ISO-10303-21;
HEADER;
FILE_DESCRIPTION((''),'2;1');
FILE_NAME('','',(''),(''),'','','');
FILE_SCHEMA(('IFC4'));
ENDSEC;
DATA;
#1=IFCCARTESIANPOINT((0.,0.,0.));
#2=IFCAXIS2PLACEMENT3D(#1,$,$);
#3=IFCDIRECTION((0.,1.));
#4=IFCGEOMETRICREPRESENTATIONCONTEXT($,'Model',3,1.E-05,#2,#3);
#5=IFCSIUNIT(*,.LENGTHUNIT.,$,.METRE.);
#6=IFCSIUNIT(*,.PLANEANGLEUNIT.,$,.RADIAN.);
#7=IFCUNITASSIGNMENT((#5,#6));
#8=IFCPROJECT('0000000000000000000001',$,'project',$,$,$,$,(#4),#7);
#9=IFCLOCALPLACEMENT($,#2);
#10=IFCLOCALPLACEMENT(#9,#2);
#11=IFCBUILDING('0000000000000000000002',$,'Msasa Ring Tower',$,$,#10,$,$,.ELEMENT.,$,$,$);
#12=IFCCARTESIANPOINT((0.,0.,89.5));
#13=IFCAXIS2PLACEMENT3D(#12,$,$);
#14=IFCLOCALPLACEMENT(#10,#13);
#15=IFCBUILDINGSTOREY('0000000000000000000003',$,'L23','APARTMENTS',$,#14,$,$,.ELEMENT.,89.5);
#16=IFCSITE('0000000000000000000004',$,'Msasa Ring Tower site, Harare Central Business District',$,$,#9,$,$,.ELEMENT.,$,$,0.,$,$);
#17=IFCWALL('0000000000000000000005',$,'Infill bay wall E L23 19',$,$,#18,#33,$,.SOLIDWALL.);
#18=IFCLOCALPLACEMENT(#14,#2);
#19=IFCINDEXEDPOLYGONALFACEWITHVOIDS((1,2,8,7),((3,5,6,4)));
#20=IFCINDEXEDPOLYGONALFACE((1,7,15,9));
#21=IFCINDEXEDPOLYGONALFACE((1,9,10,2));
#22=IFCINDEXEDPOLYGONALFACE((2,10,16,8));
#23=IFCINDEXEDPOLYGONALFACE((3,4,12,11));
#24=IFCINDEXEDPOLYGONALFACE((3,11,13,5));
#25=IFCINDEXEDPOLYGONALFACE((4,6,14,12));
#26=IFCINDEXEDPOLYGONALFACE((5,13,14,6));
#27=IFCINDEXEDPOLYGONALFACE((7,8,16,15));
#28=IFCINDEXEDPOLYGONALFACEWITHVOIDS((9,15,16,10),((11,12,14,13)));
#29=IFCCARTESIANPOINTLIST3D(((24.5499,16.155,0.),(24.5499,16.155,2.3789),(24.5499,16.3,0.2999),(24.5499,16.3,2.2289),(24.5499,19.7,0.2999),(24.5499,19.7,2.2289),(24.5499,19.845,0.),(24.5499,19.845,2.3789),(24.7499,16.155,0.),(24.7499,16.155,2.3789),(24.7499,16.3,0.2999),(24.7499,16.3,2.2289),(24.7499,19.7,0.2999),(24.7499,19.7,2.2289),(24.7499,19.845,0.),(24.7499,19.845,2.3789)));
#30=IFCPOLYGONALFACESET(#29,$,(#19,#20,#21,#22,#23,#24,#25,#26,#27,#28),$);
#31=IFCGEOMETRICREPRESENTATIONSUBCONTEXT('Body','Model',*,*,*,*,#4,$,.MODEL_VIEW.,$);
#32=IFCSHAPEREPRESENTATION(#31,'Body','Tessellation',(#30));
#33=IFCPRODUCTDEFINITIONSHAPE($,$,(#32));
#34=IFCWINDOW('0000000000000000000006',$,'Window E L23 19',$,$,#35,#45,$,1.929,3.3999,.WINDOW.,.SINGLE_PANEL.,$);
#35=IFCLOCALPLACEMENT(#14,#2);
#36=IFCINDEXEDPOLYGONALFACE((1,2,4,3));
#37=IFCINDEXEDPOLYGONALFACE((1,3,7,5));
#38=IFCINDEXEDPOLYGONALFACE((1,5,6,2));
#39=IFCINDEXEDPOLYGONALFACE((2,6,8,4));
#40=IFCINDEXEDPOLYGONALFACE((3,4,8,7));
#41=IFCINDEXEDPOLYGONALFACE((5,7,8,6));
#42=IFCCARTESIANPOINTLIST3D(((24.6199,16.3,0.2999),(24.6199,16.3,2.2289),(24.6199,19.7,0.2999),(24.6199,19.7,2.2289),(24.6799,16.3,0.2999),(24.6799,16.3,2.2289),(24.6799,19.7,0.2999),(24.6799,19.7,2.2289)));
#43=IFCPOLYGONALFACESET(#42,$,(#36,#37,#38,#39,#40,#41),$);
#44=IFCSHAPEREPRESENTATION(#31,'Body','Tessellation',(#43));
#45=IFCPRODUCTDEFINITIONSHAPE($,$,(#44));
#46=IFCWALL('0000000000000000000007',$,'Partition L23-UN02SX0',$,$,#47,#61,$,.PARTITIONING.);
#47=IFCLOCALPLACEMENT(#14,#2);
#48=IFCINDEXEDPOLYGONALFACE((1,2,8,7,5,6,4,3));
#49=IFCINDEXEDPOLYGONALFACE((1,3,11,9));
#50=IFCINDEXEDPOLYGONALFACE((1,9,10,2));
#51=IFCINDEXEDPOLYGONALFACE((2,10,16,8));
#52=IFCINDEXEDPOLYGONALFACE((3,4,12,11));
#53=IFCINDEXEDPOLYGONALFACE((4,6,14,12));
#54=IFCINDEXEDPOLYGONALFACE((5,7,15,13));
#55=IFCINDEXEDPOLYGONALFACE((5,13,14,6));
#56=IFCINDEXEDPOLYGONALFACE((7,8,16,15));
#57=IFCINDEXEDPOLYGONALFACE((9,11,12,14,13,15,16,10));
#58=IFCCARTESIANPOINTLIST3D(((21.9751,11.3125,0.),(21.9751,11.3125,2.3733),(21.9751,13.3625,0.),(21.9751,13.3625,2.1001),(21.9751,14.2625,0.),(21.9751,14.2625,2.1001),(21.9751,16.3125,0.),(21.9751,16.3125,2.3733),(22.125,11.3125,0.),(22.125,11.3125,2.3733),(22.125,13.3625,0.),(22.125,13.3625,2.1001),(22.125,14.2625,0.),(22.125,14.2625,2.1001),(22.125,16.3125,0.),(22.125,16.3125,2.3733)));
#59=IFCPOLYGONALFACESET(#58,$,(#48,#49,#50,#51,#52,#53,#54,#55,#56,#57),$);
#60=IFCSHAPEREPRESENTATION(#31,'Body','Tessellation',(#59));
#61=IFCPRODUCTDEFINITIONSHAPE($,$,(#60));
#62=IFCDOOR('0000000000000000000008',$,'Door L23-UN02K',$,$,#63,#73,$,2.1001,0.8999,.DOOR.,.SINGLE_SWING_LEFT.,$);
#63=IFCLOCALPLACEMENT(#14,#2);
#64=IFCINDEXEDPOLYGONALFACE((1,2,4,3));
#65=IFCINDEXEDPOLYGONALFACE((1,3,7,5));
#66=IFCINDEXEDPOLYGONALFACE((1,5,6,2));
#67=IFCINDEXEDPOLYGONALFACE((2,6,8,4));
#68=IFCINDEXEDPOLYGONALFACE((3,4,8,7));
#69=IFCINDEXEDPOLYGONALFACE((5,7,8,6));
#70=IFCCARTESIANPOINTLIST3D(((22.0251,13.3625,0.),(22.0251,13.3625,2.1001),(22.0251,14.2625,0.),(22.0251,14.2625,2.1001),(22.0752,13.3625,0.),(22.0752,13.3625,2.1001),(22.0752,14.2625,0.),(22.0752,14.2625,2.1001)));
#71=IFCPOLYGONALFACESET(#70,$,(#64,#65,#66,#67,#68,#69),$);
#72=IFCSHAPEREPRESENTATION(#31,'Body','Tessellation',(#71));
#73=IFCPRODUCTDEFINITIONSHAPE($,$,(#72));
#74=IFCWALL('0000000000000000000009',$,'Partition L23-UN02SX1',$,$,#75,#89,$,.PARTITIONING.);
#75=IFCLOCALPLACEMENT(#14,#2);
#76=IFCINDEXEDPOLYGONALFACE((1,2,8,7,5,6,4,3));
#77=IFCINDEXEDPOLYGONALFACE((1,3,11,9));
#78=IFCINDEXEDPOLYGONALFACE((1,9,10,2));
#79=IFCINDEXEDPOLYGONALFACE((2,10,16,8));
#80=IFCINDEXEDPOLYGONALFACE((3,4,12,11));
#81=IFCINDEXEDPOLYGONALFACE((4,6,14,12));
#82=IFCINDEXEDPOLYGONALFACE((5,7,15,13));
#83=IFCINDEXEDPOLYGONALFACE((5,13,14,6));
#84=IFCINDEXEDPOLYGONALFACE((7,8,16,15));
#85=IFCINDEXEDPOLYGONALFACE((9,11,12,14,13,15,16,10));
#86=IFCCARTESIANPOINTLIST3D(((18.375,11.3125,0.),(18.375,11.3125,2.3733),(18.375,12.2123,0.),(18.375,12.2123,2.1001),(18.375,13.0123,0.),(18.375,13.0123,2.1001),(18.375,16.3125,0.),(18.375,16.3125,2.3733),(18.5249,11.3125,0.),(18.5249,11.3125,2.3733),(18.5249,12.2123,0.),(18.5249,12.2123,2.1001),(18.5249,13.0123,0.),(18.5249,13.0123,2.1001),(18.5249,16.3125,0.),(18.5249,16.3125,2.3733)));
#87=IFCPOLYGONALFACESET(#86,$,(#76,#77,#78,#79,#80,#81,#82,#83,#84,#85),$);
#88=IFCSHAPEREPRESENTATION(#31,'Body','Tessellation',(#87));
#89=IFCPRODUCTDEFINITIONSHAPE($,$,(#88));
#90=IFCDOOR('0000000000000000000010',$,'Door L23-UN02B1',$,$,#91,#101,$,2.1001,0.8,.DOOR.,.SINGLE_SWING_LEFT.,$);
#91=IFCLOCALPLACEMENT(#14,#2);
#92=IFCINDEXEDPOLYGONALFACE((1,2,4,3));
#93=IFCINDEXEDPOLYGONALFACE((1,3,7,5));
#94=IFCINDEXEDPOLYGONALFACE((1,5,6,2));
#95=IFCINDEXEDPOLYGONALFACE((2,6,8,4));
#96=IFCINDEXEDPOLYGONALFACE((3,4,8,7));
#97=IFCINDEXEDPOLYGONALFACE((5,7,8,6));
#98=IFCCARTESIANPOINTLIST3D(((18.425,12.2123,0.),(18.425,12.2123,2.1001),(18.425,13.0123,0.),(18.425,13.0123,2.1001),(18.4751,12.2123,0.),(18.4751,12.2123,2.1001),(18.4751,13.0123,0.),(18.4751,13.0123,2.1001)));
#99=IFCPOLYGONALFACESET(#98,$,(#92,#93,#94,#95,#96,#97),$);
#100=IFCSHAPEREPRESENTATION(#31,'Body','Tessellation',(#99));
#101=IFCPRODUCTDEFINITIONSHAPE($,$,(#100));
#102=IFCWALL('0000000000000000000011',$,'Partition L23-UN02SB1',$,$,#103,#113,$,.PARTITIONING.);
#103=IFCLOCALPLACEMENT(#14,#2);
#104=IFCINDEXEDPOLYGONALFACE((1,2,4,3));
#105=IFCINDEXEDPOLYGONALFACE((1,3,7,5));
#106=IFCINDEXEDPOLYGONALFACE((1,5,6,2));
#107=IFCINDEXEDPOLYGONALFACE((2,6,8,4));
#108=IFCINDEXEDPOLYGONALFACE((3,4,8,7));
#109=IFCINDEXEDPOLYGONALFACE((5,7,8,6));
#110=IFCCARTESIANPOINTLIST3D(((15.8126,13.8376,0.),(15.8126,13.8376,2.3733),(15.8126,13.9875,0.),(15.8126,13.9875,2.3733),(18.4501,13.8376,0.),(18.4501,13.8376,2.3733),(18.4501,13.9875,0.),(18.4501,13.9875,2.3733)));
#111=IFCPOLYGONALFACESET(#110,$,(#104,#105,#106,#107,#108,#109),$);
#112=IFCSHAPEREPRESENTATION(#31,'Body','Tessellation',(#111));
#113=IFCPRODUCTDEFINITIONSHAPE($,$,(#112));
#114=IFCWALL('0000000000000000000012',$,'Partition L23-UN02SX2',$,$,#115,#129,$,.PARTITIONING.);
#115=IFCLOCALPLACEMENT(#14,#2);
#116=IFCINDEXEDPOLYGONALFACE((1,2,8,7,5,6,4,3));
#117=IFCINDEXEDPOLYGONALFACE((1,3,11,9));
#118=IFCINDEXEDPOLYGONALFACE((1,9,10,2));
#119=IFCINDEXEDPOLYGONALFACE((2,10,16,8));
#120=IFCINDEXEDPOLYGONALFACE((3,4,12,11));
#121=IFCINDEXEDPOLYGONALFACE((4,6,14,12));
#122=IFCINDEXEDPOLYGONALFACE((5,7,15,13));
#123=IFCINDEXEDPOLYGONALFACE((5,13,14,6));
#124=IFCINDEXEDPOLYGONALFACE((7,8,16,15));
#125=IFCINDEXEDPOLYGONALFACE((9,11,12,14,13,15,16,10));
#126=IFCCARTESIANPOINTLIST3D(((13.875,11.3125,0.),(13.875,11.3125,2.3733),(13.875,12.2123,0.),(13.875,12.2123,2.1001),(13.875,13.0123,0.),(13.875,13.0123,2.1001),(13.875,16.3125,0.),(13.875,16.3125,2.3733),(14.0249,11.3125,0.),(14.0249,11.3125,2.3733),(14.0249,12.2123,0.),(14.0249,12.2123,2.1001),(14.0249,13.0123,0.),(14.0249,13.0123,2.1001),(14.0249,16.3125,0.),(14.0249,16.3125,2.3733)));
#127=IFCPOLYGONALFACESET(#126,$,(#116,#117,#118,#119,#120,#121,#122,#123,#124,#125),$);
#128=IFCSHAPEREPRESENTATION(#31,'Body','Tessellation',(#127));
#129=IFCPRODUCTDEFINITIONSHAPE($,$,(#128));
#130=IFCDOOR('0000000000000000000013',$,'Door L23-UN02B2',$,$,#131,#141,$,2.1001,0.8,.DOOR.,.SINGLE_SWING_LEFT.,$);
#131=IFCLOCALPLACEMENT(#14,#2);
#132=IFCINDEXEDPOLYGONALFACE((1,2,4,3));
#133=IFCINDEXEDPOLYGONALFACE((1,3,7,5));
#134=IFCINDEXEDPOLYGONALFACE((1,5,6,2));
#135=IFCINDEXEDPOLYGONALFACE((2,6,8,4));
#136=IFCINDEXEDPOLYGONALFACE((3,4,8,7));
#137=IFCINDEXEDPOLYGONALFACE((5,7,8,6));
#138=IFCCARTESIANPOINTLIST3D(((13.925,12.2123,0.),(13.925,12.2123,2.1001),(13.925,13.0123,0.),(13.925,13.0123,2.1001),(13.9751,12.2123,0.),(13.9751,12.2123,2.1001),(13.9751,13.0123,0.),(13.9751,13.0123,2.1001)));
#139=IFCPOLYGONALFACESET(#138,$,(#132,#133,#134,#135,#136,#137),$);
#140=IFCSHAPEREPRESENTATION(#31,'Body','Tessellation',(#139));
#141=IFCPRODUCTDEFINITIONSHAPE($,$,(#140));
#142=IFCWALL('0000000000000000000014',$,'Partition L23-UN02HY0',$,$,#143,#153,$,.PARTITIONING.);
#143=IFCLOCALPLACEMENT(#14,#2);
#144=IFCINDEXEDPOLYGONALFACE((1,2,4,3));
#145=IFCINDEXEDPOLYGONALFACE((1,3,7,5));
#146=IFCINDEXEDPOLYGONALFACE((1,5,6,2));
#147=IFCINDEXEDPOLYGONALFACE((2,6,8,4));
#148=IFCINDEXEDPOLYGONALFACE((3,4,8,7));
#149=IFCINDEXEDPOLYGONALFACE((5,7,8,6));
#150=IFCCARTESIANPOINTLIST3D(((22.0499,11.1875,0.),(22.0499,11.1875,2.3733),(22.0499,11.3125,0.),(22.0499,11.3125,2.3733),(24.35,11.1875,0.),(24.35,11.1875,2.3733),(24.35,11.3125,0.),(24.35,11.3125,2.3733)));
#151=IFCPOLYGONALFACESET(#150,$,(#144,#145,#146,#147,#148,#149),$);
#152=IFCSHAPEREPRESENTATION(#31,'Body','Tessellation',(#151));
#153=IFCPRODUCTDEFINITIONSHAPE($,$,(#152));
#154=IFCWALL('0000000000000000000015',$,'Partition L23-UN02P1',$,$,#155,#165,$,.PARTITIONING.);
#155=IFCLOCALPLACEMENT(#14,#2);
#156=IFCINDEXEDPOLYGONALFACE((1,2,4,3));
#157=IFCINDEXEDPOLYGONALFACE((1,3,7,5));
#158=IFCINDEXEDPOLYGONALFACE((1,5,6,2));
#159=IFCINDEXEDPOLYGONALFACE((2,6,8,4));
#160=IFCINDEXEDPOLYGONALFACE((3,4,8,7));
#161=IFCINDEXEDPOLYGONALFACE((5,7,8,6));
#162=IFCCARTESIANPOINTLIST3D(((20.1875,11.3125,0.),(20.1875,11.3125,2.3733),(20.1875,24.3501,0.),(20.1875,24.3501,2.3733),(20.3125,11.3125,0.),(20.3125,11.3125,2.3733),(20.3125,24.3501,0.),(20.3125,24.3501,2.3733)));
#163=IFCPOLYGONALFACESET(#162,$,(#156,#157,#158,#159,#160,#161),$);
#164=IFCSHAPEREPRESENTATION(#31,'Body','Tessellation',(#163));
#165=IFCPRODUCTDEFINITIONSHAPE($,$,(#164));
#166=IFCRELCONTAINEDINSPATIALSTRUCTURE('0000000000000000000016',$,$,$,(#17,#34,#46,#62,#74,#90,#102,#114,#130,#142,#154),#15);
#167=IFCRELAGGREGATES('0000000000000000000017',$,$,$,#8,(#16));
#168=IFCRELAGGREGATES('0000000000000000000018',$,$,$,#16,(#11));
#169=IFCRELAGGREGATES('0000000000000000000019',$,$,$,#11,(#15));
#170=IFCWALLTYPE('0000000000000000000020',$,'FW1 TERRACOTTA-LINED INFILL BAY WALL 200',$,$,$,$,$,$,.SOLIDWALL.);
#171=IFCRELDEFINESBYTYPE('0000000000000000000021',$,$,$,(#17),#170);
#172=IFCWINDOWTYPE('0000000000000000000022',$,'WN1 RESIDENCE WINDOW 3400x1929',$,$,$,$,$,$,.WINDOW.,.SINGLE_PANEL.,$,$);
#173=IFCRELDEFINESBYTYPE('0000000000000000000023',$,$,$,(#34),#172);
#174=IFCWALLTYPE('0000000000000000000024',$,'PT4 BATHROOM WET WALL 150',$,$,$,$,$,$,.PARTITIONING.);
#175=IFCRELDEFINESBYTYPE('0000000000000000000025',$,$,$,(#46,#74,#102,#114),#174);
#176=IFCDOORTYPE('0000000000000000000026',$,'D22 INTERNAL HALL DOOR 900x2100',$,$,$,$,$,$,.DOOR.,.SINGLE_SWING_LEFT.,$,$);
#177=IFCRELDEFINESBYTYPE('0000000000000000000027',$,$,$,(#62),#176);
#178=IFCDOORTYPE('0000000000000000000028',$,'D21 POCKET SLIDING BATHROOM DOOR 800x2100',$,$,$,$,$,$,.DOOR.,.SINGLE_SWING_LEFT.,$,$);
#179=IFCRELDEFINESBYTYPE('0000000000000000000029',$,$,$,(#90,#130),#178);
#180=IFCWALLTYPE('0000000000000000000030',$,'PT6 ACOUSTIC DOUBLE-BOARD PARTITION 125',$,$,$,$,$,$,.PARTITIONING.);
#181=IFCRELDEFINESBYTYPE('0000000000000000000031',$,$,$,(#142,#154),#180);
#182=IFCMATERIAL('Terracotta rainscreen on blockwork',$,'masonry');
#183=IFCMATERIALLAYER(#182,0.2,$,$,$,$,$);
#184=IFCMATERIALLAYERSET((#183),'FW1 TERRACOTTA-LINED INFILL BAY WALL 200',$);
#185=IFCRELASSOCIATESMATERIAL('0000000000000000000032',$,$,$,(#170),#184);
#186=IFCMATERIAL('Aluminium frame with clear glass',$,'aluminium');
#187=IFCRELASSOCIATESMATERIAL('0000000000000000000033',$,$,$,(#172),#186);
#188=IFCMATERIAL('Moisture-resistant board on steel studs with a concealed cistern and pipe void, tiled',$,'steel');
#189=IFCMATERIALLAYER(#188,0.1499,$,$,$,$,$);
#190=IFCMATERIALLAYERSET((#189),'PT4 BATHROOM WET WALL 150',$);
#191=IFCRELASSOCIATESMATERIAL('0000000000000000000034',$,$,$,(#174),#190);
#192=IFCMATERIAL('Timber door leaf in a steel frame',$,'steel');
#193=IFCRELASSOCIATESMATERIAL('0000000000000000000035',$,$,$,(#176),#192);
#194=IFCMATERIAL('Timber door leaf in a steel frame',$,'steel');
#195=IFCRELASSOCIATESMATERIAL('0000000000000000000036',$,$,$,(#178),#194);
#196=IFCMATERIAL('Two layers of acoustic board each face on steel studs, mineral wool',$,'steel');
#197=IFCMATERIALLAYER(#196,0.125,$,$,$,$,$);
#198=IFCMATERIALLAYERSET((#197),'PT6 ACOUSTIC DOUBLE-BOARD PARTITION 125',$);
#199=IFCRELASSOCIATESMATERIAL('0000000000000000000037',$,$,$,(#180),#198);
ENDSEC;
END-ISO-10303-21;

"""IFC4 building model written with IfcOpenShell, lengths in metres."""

from ifc_helpers import new_model, si_unit, direction, frame, frame_2d, origin, place, context, subcontext, project, spatial, rectangle, extrude, material, layer, layer_set, type_object, element, fill, save


model = new_model("IFC4")

# Units and contexts
model_context = context("Model", 3, precision=1e-05, world=origin(), true_north=direction((0.0, 1.0)))
body_context = subcontext(model_context, "Body", "Model", "MODEL_VIEW")
ifc_project = project(units=[si_unit("LENGTHUNIT", "METRE"), si_unit("PLANEANGLEUNIT", "RADIAN")], contexts=[model_context])

# Site, building, storey
site_placement = place(None, origin())
site = spatial("IfcSite", under=ifc_project, at=site_placement, Name="Msasa Ring Tower site, Harare Central Business District", CompositionType="ELEMENT", RefElevation=0.0)
building_placement = place(site_placement, origin())
building = spatial("IfcBuilding", under=site, at=building_placement, Name="Msasa Ring Tower", CompositionType="ELEMENT")
storey_placement = place(building_placement, frame((0.0, 0.0, 89.5)))
storey = spatial("IfcBuildingStorey", under=building, at=storey_placement, Name="L23", Description="APARTMENTS", CompositionType="ELEMENT", Elevation=89.5)

# Wall, opening, window
ifc_material_1 = material(Name="Terracotta rainscreen on blockwork", Category="masonry")
ifc_layer_1 = layer(ifc_material_1, 0.2)
ifc_layer_set_1 = layer_set([ifc_layer_1], Name="FW1 TERRACOTTA-LINED INFILL BAY WALL 200")
wall_type_1 = type_object("IfcWallType", Name="FW1 TERRACOTTA-LINED INFILL BAY WALL 200", PredefinedType="SOLIDWALL", material=ifc_layer_set_1)
ifc_material_2 = material(Name="Aluminium frame with clear glass", Category="aluminium")
window_type = type_object("IfcWindowType", Name="WN1 RESIDENCE WINDOW 3400x1929", PartitioningType="SINGLE_PANEL", PredefinedType="WINDOW", material=ifc_material_2)
wall_1_placement = place(storey_placement, frame((24.6499, 16.155, 0.0), z_axis=(0.0, 0.0, 1.0), x_axis=(0.0, 1.0, 0.0)))
wall_1 = element("IfcWall", 1, at=wall_1_placement, inside=storey, type_object=wall_type_1, Name="Infill bay wall E L23 19", PredefinedType="SOLIDWALL", context=body_context, shape_type="SweptSolid", body=[
    extrude(rectangle(XDim=3.6899, YDim=0.2, at=frame_2d((1.845, 0.0))), origin(), (0.0, 0.0, 1.0), 2.3789),
])
opening_1_placement = place(wall_1_placement, frame((0.145, 0.0, 0.3)))
opening_1 = element("IfcOpeningElement", 2, at=opening_1_placement, cuts=wall_1, PredefinedType="OPENING", context=body_context, shape_type="SweptSolid", body=[
    extrude(rectangle(XDim=3.3999, YDim=1.929, at=frame_2d((1.7, 0.9644))), frame((0.0, 0.1099, 0.0), z_axis=(0.0, -1.0, 0.0), x_axis=(1.0, 0.0, 0.0)), (0.0, 0.0, 1.0), 0.22),
])
window_1_placement = place(opening_1_placement, origin())
window_1 = element("IfcWindow", 3, at=window_1_placement, inside=storey, type_object=window_type, Name="Window E L23 19", OverallHeight=1.929, OverallWidth=3.3999, PartitioningType="SINGLE_PANEL", PredefinedType="WINDOW", context=body_context, shape_type="SweptSolid", body=[
    extrude(rectangle(XDim=3.3999, YDim=1.929, at=frame_2d((1.7, 0.9644))), frame((0.0, 0.03, 0.0), z_axis=(0.0, -1.0, 0.0), x_axis=(1.0, 0.0, 0.0)), (0.0, 0.0, 1.0), 0.0601),
])
fill(opening_1, window_1)

# Walls, openings, doors
ifc_material_3 = material(Name="Moisture-resistant board on steel studs with a concealed cistern and pipe void, tiled", Category="steel")
ifc_layer_2 = layer(ifc_material_3, 0.1499)
ifc_layer_set_2 = layer_set([ifc_layer_2], Name="PT4 BATHROOM WET WALL 150")
wall_type_2 = type_object("IfcWallType", Name="PT4 BATHROOM WET WALL 150", PredefinedType="PARTITIONING", material=ifc_layer_set_2)
wall_2_placement = place(storey_placement, frame((22.05, 11.3125, 0.0), z_axis=(0.0, 0.0, 1.0), x_axis=(0.0, 1.0, 0.0)))
wall_2 = element("IfcWall", 4, at=wall_2_placement, inside=storey, type_object=wall_type_2, Name="Partition L23-UN02SX0", PredefinedType="PARTITIONING", context=body_context, shape_type="SweptSolid", body=[
    extrude(rectangle(XDim=5.0, YDim=0.1499, at=frame_2d((2.5, 0.0))), origin(), (0.0, 0.0, 1.0), 2.3733),
])
opening_2_placement = place(wall_2_placement, frame((2.05, 0.0, 0.0)))
opening_2 = element("IfcOpeningElement", 5, at=opening_2_placement, cuts=wall_2, PredefinedType="OPENING", context=body_context, shape_type="SweptSolid", body=[
    extrude(rectangle(XDim=0.8999, YDim=2.1001, at=frame_2d((0.45, 1.05))), frame((0.0, 0.085, 0.0), z_axis=(0.0, -1.0, 0.0), x_axis=(1.0, 0.0, 0.0)), (0.0, 0.0, 1.0), 0.1699),
])
ifc_material_4 = material(Name="Timber door leaf in a steel frame", Category="steel")
door_type_1 = type_object("IfcDoorType", Name="D22 INTERNAL HALL DOOR 900x2100", OperationType="SINGLE_SWING_LEFT", PredefinedType="DOOR", material=ifc_material_4)
door_1_placement = place(opening_2_placement, origin())
door_1 = element("IfcDoor", 6, at=door_1_placement, inside=storey, type_object=door_type_1, Name="Door L23-UN02K", OperationType="SINGLE_SWING_LEFT", OverallHeight=2.1001, OverallWidth=0.8999, PredefinedType="DOOR", context=body_context, shape_type="SweptSolid", body=[
    extrude(rectangle(XDim=0.8999, YDim=2.1001, at=frame_2d((0.45, 1.05))), frame((0.0, 0.0249, 0.0), z_axis=(0.0, -1.0, 0.0), x_axis=(1.0, 0.0, 0.0)), (0.0, 0.0, 1.0), 0.05),
])
fill(opening_2, door_1)
wall_3_placement = place(storey_placement, frame((18.45, 11.3125, 0.0), z_axis=(0.0, 0.0, 1.0), x_axis=(0.0, 1.0, 0.0)))
wall_3 = element("IfcWall", 7, at=wall_3_placement, inside=storey, type_object=wall_type_2, Name="Partition L23-UN02SX1", PredefinedType="PARTITIONING", context=body_context, shape_type="SweptSolid", body=[
    extrude(rectangle(XDim=5.0, YDim=0.1499, at=frame_2d((2.5, 0.0))), origin(), (0.0, 0.0, 1.0), 2.3733),
])
opening_3_placement = place(wall_3_placement, frame((0.8999, 0.0, 0.0)))
opening_3 = element("IfcOpeningElement", 8, at=opening_3_placement, cuts=wall_3, PredefinedType="OPENING", context=body_context, shape_type="SweptSolid", body=[
    extrude(rectangle(XDim=0.8, YDim=2.1001, at=frame_2d((0.3999, 1.05))), frame((0.0, 0.085, 0.0), z_axis=(0.0, -1.0, 0.0), x_axis=(1.0, 0.0, 0.0)), (0.0, 0.0, 1.0), 0.1699),
])
ifc_material_5 = material(Name="Timber door leaf in a steel frame", Category="steel")
door_type_2 = type_object("IfcDoorType", Name="D21 POCKET SLIDING BATHROOM DOOR 800x2100", OperationType="SINGLE_SWING_LEFT", PredefinedType="DOOR", material=ifc_material_5)
door_2_placement = place(opening_3_placement, origin())
door_2 = element("IfcDoor", 9, at=door_2_placement, inside=storey, type_object=door_type_2, Name="Door L23-UN02B1", OperationType="SINGLE_SWING_LEFT", OverallHeight=2.1001, OverallWidth=0.8, PredefinedType="DOOR", context=body_context, shape_type="SweptSolid", body=[
    extrude(rectangle(XDim=0.8, YDim=2.1001, at=frame_2d((0.3999, 1.05))), frame((0.0, 0.0249, 0.0), z_axis=(0.0, -1.0, 0.0), x_axis=(1.0, 0.0, 0.0)), (0.0, 0.0, 1.0), 0.05),
])
fill(opening_3, door_2)

# Wall
wall_4_placement = place(storey_placement, frame((15.8125, 13.9126, 0.0), z_axis=(0.0, 0.0, 1.0), x_axis=(1.0, 0.0, 0.0)))
element("IfcWall", 10, at=wall_4_placement, inside=storey, type_object=wall_type_2, Name="Partition L23-UN02SB1", PredefinedType="PARTITIONING", context=body_context, shape_type="SweptSolid", body=[
    extrude(rectangle(XDim=2.6375, YDim=0.1499, at=frame_2d((1.3188, 0.0))), origin(), (0.0, 0.0, 1.0), 2.3733),
])

# Wall, opening, door
wall_5_placement = place(storey_placement, frame((13.95, 11.3125, 0.0), z_axis=(0.0, 0.0, 1.0), x_axis=(0.0, 1.0, 0.0)))
wall_5 = element("IfcWall", 11, at=wall_5_placement, inside=storey, type_object=wall_type_2, Name="Partition L23-UN02SX2", PredefinedType="PARTITIONING", context=body_context, shape_type="SweptSolid", body=[
    extrude(rectangle(XDim=5.0, YDim=0.1499, at=frame_2d((2.5, 0.0))), origin(), (0.0, 0.0, 1.0), 2.3733),
])
opening_4_placement = place(wall_5_placement, frame((0.8999, 0.0, 0.0)))
opening_4 = element("IfcOpeningElement", 12, at=opening_4_placement, cuts=wall_5, PredefinedType="OPENING", context=body_context, shape_type="SweptSolid", body=[
    extrude(rectangle(XDim=0.8, YDim=2.1001, at=frame_2d((0.3999, 1.05))), frame((0.0, 0.085, 0.0), z_axis=(0.0, -1.0, 0.0), x_axis=(1.0, 0.0, 0.0)), (0.0, 0.0, 1.0), 0.1699),
])
door_3_placement = place(opening_4_placement, origin())
door_3 = element("IfcDoor", 13, at=door_3_placement, inside=storey, type_object=door_type_2, Name="Door L23-UN02B2", OperationType="SINGLE_SWING_LEFT", OverallHeight=2.1001, OverallWidth=0.8, PredefinedType="DOOR", context=body_context, shape_type="SweptSolid", body=[
    extrude(rectangle(XDim=0.8, YDim=2.1001, at=frame_2d((0.3999, 1.05))), frame((0.0, 0.0249, 0.0), z_axis=(0.0, -1.0, 0.0), x_axis=(1.0, 0.0, 0.0)), (0.0, 0.0, 1.0), 0.05),
])
fill(opening_4, door_3)

# Walls
ifc_material_6 = material(Name="Two layers of acoustic board each face on steel studs, mineral wool", Category="steel")
ifc_layer_3 = layer(ifc_material_6, 0.125)
ifc_layer_set_3 = layer_set([ifc_layer_3], Name="PT6 ACOUSTIC DOUBLE-BOARD PARTITION 125")
wall_type_3 = type_object("IfcWallType", Name="PT6 ACOUSTIC DOUBLE-BOARD PARTITION 125", PredefinedType="PARTITIONING", material=ifc_layer_set_3)
wall_6_placement = place(storey_placement, frame((22.05, 11.25, 0.0), z_axis=(0.0, 0.0, 1.0), x_axis=(1.0, 0.0, 0.0)))
element("IfcWall", 14, at=wall_6_placement, inside=storey, type_object=wall_type_3, Name="Partition L23-UN02HY0", PredefinedType="PARTITIONING", context=body_context, shape_type="SweptSolid", body=[
    extrude(rectangle(XDim=2.3, YDim=0.125, at=frame_2d((1.1499, 0.0))), origin(), (0.0, 0.0, 1.0), 2.3733),
])
wall_7_placement = place(storey_placement, frame((20.25, 11.3125, 0.0), z_axis=(0.0, 0.0, 1.0), x_axis=(0.0, 1.0, 0.0)))
element("IfcWall", 15, at=wall_7_placement, inside=storey, type_object=wall_type_3, Name="Partition L23-UN02P1", PredefinedType="PARTITIONING", context=body_context, shape_type="SweptSolid", body=[
    extrude(rectangle(XDim=13.0376, YDim=0.125, at=frame_2d((6.5188, 0.0))), origin(), (0.0, 0.0, 1.0), 2.3733),
])

save(model, "model.ifc")
